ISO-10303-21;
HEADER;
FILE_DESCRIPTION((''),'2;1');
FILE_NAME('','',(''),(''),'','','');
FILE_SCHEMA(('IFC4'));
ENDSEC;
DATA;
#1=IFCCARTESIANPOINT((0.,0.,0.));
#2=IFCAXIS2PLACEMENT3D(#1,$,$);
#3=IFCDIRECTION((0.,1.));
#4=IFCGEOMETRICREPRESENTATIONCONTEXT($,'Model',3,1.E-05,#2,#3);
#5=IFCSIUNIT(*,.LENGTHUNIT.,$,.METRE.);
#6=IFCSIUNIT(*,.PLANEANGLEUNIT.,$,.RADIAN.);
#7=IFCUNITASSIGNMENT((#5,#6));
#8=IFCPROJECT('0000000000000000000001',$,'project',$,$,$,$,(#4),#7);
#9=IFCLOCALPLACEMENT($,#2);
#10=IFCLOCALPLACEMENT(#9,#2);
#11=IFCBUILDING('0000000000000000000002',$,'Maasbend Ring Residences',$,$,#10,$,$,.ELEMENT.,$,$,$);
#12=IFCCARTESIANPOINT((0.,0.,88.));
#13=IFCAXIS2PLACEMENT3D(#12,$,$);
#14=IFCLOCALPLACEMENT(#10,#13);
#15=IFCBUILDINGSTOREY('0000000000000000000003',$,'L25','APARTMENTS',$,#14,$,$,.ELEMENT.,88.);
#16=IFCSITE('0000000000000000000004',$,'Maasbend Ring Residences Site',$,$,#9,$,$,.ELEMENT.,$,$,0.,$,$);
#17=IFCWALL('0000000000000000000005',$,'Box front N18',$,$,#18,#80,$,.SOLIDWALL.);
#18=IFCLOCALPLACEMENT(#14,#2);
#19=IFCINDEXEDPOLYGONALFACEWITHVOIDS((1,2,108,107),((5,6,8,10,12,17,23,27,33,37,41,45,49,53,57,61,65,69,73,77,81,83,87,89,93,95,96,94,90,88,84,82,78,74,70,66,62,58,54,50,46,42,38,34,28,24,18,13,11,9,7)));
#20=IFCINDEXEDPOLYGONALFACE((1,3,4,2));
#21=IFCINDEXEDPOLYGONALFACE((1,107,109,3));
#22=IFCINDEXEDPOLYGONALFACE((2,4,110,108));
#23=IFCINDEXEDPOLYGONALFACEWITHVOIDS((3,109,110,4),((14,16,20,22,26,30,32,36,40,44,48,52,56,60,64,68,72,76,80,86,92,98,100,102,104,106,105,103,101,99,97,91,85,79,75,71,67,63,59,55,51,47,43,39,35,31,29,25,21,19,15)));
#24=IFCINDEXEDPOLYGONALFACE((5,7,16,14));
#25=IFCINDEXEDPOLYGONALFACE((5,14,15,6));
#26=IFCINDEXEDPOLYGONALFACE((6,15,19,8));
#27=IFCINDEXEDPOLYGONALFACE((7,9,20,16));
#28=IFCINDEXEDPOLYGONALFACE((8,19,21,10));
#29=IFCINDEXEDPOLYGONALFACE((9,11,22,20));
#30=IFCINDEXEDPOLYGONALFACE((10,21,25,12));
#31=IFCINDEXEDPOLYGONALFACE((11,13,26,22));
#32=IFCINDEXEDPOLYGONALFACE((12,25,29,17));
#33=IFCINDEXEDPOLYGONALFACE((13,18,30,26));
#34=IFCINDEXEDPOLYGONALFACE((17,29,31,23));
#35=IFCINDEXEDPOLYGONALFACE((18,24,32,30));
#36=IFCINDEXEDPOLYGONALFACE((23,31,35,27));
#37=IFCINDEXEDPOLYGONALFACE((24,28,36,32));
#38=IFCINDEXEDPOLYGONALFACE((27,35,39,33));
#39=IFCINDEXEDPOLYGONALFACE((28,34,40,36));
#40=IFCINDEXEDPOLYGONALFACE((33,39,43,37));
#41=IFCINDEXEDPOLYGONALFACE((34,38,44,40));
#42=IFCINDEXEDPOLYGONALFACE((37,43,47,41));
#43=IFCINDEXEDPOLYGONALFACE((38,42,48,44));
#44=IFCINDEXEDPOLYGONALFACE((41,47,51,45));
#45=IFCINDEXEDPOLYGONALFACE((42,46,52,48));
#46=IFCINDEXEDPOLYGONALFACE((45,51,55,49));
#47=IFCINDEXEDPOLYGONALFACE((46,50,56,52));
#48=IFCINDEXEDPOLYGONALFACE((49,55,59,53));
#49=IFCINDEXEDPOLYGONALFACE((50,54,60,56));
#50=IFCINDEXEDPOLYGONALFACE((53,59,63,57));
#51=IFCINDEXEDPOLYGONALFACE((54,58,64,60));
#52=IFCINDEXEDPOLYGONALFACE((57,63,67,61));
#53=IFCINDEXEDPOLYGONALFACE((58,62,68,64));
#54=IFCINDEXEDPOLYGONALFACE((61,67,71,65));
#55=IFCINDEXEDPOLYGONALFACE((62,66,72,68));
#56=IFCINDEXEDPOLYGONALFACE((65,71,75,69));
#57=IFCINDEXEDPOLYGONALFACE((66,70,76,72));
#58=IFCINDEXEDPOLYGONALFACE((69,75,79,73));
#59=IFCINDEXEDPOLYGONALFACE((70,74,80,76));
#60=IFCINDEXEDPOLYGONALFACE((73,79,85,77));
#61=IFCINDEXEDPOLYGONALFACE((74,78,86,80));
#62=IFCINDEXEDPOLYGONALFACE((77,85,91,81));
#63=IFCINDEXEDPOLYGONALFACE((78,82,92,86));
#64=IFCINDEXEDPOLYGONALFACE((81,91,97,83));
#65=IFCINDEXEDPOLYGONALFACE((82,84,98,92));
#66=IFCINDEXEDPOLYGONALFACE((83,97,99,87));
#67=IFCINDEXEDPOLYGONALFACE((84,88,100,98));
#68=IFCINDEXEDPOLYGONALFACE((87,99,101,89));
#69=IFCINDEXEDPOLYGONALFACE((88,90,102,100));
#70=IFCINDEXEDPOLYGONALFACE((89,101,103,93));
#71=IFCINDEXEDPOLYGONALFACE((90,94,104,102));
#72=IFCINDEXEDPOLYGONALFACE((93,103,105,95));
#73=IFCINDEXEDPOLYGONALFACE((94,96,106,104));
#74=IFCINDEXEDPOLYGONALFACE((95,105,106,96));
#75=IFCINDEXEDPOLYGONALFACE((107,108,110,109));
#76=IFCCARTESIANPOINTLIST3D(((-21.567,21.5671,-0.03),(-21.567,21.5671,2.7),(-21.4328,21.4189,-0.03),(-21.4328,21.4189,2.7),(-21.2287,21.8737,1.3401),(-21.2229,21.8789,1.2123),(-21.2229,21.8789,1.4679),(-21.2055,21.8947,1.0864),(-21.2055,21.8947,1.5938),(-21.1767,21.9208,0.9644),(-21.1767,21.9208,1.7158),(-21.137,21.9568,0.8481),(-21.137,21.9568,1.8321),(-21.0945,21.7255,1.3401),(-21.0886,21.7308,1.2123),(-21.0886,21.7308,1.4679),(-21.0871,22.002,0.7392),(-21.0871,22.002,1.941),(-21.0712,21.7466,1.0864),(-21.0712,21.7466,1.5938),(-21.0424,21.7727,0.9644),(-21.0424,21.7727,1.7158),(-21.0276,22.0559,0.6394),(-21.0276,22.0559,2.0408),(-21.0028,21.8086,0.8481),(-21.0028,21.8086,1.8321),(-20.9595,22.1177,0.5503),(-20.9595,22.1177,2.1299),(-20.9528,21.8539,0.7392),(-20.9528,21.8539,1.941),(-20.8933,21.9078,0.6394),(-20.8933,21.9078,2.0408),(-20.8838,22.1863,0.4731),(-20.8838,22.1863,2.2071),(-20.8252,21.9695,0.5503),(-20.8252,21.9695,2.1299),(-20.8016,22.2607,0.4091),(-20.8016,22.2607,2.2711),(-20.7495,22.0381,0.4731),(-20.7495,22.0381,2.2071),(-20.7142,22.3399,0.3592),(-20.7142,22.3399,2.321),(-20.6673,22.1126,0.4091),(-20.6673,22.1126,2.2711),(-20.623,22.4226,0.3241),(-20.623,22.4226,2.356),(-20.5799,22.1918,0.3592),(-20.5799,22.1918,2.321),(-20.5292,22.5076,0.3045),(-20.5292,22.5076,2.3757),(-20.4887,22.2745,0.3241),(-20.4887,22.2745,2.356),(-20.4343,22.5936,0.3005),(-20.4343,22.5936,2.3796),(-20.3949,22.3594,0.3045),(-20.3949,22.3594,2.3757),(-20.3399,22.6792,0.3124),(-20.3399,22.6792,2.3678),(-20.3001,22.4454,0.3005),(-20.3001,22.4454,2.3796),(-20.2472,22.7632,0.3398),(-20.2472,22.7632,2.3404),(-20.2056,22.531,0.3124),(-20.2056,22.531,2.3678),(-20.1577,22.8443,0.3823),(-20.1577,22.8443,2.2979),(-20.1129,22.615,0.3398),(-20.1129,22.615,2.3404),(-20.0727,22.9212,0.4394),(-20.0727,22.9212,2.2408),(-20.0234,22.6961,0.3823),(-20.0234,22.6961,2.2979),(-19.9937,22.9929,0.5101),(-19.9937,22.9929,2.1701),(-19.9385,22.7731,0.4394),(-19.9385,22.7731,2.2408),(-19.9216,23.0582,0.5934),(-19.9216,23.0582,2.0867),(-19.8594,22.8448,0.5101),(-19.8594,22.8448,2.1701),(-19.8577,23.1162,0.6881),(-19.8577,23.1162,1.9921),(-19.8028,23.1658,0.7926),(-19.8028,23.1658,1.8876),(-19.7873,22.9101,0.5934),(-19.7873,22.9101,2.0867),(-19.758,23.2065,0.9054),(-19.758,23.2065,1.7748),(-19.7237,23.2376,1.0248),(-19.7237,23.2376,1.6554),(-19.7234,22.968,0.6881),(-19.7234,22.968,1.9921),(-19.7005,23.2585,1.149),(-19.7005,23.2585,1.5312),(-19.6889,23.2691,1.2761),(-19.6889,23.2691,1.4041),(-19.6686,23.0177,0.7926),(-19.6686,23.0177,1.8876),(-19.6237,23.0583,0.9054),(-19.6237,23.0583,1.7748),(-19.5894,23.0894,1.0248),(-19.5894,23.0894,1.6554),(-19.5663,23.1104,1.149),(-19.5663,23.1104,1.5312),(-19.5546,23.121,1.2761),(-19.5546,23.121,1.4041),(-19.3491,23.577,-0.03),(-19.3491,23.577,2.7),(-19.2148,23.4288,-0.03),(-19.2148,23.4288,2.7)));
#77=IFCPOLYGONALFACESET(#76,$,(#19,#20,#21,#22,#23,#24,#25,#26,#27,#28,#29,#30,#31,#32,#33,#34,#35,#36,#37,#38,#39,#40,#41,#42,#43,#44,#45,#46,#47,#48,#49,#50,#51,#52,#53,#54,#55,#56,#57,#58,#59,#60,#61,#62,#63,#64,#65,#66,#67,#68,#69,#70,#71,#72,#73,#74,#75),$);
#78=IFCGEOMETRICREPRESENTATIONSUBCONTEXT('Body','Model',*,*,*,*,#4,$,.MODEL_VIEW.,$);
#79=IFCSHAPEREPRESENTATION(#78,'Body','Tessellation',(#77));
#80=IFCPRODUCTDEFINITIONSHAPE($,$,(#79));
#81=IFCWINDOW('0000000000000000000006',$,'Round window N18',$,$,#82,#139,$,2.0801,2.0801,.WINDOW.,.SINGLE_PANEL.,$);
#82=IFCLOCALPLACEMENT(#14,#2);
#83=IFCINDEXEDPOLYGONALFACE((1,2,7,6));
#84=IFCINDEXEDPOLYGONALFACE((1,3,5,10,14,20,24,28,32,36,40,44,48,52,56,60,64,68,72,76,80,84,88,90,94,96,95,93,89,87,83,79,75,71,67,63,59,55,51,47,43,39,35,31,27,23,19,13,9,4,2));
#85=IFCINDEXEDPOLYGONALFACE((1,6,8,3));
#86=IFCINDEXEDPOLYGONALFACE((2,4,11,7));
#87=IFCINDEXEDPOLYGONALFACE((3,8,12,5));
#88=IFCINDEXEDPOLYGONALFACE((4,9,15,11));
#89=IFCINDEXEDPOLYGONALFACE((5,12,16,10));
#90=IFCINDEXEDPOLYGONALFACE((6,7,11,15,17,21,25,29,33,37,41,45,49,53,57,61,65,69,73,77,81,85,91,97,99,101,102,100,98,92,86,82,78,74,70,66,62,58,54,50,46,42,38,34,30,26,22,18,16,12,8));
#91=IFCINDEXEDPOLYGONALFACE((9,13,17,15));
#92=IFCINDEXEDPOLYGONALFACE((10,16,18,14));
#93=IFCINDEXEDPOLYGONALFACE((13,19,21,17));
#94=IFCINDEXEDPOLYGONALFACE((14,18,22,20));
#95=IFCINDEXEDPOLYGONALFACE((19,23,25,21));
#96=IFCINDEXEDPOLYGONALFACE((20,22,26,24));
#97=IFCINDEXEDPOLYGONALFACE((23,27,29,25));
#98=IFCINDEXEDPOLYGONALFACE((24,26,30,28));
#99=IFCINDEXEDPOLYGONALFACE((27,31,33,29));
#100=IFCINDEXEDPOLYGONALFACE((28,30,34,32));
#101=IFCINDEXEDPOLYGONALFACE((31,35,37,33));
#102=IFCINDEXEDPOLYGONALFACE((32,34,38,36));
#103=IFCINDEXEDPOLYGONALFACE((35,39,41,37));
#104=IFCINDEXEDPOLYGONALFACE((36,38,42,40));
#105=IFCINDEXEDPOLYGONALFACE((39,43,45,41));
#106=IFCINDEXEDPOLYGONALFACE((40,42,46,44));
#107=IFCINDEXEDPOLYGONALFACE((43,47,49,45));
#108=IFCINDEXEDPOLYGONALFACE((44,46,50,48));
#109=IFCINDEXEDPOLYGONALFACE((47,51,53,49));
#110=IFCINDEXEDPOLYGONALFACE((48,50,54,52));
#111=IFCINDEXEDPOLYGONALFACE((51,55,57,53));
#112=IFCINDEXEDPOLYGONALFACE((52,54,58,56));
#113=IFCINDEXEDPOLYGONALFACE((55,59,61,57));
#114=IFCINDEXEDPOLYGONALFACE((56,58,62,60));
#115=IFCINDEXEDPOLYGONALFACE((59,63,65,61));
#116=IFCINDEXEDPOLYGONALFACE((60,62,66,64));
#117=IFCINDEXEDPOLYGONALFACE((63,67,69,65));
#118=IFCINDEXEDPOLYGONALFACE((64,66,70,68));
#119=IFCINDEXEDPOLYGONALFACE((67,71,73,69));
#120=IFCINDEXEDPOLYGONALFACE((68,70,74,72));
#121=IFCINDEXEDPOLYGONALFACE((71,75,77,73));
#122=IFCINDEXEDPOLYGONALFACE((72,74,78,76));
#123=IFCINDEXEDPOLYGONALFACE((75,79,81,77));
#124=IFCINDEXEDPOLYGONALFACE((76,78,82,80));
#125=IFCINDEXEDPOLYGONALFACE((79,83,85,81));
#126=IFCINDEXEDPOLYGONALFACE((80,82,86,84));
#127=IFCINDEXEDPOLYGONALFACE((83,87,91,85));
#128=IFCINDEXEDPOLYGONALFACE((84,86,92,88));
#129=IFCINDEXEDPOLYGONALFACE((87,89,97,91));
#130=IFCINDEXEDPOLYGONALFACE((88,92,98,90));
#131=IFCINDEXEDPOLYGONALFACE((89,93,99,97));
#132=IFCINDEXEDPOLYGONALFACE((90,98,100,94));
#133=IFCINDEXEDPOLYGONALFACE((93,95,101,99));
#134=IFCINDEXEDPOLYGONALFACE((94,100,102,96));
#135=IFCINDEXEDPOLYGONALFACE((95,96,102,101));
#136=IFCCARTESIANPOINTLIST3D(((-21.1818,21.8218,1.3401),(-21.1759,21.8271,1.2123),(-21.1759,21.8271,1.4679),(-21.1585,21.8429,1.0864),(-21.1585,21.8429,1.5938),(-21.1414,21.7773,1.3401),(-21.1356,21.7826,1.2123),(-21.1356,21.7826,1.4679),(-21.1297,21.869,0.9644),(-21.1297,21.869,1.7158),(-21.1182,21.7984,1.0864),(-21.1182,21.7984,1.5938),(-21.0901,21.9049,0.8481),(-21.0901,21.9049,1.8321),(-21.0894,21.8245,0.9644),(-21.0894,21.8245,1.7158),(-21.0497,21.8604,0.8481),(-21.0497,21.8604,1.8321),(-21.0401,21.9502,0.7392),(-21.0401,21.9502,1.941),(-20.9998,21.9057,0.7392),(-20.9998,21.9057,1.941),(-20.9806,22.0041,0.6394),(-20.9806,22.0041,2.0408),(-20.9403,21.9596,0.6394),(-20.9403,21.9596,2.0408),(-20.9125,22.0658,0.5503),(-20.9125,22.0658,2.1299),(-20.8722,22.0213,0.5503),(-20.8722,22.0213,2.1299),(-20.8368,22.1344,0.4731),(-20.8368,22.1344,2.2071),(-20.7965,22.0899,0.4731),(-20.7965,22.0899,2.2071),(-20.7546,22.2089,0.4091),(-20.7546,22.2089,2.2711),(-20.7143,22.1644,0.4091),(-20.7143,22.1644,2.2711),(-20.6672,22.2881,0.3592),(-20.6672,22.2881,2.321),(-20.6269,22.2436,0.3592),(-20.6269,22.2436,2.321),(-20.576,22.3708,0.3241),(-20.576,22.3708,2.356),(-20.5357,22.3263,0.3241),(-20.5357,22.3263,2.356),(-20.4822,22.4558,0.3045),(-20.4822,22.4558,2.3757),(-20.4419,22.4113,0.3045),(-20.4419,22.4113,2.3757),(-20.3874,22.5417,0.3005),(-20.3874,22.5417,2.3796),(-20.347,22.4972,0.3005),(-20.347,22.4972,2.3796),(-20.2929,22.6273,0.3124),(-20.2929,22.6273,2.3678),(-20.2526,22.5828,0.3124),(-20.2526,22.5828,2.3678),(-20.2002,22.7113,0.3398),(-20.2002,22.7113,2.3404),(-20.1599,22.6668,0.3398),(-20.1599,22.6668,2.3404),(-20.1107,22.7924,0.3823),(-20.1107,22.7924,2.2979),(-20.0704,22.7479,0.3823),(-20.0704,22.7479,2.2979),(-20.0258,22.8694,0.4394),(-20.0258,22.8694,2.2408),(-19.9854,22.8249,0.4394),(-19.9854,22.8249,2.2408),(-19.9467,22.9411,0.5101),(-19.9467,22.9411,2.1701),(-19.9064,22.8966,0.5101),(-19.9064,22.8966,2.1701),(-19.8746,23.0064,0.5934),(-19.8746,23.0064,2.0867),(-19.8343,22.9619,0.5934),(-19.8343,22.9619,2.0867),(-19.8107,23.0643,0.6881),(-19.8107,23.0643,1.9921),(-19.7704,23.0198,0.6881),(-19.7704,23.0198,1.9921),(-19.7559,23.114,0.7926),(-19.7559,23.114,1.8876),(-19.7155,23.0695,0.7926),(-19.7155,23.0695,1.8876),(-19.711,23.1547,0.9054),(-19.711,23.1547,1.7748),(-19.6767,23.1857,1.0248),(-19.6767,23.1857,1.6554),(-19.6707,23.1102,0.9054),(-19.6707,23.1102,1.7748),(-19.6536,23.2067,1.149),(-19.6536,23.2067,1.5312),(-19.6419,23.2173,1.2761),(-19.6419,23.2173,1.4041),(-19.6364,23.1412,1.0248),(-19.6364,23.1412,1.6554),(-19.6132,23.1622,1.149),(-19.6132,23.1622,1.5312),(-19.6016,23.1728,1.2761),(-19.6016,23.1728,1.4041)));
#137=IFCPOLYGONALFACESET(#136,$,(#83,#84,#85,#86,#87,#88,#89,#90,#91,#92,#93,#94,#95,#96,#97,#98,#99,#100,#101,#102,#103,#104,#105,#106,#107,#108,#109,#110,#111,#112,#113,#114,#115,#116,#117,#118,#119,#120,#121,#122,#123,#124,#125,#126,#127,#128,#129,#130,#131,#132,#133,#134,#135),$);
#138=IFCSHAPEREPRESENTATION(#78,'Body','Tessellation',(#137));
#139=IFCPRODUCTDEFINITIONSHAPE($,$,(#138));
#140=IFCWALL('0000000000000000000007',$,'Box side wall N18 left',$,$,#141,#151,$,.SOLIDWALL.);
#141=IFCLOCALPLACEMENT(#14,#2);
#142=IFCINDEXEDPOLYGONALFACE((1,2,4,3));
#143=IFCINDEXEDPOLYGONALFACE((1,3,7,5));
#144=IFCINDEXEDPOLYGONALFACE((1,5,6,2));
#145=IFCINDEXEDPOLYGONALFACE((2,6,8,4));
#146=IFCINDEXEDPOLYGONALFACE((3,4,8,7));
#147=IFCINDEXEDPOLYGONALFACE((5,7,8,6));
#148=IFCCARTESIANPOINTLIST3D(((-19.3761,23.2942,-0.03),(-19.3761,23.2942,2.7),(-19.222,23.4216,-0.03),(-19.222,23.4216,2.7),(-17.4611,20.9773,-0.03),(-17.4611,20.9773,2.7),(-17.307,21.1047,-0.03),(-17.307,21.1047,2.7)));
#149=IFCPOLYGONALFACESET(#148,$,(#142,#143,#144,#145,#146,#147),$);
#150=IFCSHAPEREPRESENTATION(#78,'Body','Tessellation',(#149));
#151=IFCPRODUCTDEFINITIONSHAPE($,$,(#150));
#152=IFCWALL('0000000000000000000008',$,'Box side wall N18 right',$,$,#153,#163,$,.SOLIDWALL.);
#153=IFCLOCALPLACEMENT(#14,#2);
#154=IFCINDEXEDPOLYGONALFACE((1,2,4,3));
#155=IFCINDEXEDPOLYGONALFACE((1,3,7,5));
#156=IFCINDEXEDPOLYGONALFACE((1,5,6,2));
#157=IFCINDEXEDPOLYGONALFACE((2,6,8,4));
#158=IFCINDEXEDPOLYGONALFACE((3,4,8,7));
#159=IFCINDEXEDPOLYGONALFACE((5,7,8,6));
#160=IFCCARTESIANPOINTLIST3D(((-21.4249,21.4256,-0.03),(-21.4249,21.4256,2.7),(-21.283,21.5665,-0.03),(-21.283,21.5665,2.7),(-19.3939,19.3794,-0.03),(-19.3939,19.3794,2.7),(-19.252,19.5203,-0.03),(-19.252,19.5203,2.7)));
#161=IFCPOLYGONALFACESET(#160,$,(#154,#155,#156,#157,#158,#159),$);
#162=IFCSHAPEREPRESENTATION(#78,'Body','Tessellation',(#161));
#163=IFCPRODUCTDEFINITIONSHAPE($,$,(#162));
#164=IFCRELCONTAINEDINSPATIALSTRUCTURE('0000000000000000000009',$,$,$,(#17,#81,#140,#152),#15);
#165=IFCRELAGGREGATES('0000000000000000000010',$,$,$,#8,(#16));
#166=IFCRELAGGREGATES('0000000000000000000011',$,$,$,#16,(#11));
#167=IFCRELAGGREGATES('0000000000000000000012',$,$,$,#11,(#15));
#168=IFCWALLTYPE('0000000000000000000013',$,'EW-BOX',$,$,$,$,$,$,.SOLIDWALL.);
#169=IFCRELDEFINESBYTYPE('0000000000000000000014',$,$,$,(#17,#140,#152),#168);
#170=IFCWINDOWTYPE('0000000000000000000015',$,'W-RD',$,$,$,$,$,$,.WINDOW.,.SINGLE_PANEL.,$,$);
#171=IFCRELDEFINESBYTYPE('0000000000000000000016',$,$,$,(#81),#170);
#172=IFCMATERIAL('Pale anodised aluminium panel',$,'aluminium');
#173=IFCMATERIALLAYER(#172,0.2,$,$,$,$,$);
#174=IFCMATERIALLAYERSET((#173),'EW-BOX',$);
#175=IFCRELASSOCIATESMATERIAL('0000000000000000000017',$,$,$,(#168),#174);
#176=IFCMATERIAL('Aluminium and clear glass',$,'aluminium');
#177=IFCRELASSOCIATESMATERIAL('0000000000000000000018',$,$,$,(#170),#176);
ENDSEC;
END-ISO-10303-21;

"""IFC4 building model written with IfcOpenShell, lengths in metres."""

from ifc_helpers import new_model, si_unit, direction, frame, frame_2d, origin, place, context, subcontext, project, spatial, rectangle, circle, extrude, material, layer, layer_set, type_object, element, fill, save


model = new_model("IFC4")

# Units and contexts
model_context = context("Model", 3, precision=1e-05, world=origin(), true_north=direction((0.0, 1.0)))
body_context = subcontext(model_context, "Body", "Model", "MODEL_VIEW")
ifc_project = project(units=[si_unit("LENGTHUNIT", "METRE"), si_unit("PLANEANGLEUNIT", "RADIAN")], contexts=[model_context])

# Site, building, storey
site_placement = place(None, origin())
site = spatial("IfcSite", under=ifc_project, at=site_placement, Name="Maasbend Ring Residences Site", CompositionType="ELEMENT", RefElevation=0.0)
building_placement = place(site_placement, origin())
building = spatial("IfcBuilding", under=site, at=building_placement, Name="Maasbend Ring Residences", CompositionType="ELEMENT")
storey_placement = place(building_placement, frame((0.0, 0.0, 88.0)))
storey = spatial("IfcBuildingStorey", under=building, at=storey_placement, Name="L25", Description="APARTMENTS", CompositionType="ELEMENT", Elevation=88.0)

# Wall, opening, window
ifc_material_1 = material(Name="Pale anodised aluminium panel", Category="aluminium")
ifc_layer_1 = layer(ifc_material_1, 0.2)
ifc_layer_set_1 = layer_set([ifc_layer_1], Name="EW-BOX")
wall_type_1 = type_object("IfcWallType", Name="EW-BOX", PredefinedType="SOLIDWALL", material=ifc_layer_set_1)
wall_1_placement = place(storey_placement, frame((-19.282, 23.5029, -0.03), z_axis=(0.0, 0.0, 1.0), x_axis=(-0.740998, -0.671507, 0.0)))
wall_1 = element("IfcWall", 1, at=wall_1_placement, inside=storey, type_object=wall_type_1, Name="Box front N18", PredefinedType="SOLIDWALL", context=body_context, shape_type="SweptSolid", body=[
    extrude(rectangle(XDim=2.9932, YDim=0.2, at=frame_2d((1.4966, 0.0))), origin(), (0.0, 0.0, 1.0), 2.73),
])
opening_1_placement = place(wall_1_placement, frame((0.4565, 0.0, 0.3301)))
opening_1 = element("IfcOpeningElement", 2, at=opening_1_placement, cuts=wall_1, PredefinedType="OPENING", context=body_context, shape_type="SweptSolid", body=[
    extrude(circle(Radius=1.04, at=frame_2d((1.04, 1.04))), frame((0.0, 0.1099, 0.0), z_axis=(0.0, -1.0, 0.0), x_axis=(1.0, 0.0, 0.0)), (0.0, 0.0, 1.0), 0.22),
])
ifc_material_2 = material(Name="Aluminium and clear glass", Category="aluminium")
window_type_1 = type_object("IfcWindowType", Name="W-RD", PartitioningType="SINGLE_PANEL", PredefinedType="WINDOW", material=ifc_material_2)
window_1_placement = place(opening_1_placement, origin())
window_1 = element("IfcWindow", 3, at=window_1_placement, inside=storey, type_object=window_type_1, Name="Round window N18", OverallHeight=2.0801, OverallWidth=2.0801, PartitioningType="SINGLE_PANEL", PredefinedType="WINDOW", context=body_context, shape_type="SweptSolid", body=[
    extrude(circle(Radius=1.04, at=frame_2d((1.04, 1.04))), frame((0.0, 0.03, 0.0), z_axis=(0.0, -1.0, 0.0), x_axis=(1.0, 0.0, 0.0)), (0.0, 0.0, 1.0), 0.0601),
])
fill(opening_1, window_1)

# Walls
wall_2_placement = place(storey_placement, frame((-17.384, 21.041, -0.03), z_axis=(0.0, 0.0, 1.0), x_axis=(-0.637096, 0.770785, 0.0)))
element("IfcWall", 4, at=wall_2_placement, inside=storey, type_object=wall_type_1, Name="Box side wall N18 left", PredefinedType="SOLIDWALL", context=body_context, shape_type="SweptSolid", body=[
    extrude(rectangle(XDim=3.0059, YDim=0.2, at=frame_2d((1.5029, 0.0))), origin(), (0.0, 0.0, 1.0), 2.73),
])
wall_3_placement = place(storey_placement, frame((-19.323, 19.45, -0.03), z_axis=(0.0, 0.0, 1.0), x_axis=(-0.704477, 0.709727, 0.0)))
element("IfcWall", 5, at=wall_3_placement, inside=storey, type_object=wall_type_1, Name="Box side wall N18 right", PredefinedType="SOLIDWALL", context=body_context, shape_type="SweptSolid", body=[
    extrude(rectangle(XDim=2.8831, YDim=0.2, at=frame_2d((1.4414, 0.0))), origin(), (0.0, 0.0, 1.0), 2.73),
])

save(model, "model.ifc")
